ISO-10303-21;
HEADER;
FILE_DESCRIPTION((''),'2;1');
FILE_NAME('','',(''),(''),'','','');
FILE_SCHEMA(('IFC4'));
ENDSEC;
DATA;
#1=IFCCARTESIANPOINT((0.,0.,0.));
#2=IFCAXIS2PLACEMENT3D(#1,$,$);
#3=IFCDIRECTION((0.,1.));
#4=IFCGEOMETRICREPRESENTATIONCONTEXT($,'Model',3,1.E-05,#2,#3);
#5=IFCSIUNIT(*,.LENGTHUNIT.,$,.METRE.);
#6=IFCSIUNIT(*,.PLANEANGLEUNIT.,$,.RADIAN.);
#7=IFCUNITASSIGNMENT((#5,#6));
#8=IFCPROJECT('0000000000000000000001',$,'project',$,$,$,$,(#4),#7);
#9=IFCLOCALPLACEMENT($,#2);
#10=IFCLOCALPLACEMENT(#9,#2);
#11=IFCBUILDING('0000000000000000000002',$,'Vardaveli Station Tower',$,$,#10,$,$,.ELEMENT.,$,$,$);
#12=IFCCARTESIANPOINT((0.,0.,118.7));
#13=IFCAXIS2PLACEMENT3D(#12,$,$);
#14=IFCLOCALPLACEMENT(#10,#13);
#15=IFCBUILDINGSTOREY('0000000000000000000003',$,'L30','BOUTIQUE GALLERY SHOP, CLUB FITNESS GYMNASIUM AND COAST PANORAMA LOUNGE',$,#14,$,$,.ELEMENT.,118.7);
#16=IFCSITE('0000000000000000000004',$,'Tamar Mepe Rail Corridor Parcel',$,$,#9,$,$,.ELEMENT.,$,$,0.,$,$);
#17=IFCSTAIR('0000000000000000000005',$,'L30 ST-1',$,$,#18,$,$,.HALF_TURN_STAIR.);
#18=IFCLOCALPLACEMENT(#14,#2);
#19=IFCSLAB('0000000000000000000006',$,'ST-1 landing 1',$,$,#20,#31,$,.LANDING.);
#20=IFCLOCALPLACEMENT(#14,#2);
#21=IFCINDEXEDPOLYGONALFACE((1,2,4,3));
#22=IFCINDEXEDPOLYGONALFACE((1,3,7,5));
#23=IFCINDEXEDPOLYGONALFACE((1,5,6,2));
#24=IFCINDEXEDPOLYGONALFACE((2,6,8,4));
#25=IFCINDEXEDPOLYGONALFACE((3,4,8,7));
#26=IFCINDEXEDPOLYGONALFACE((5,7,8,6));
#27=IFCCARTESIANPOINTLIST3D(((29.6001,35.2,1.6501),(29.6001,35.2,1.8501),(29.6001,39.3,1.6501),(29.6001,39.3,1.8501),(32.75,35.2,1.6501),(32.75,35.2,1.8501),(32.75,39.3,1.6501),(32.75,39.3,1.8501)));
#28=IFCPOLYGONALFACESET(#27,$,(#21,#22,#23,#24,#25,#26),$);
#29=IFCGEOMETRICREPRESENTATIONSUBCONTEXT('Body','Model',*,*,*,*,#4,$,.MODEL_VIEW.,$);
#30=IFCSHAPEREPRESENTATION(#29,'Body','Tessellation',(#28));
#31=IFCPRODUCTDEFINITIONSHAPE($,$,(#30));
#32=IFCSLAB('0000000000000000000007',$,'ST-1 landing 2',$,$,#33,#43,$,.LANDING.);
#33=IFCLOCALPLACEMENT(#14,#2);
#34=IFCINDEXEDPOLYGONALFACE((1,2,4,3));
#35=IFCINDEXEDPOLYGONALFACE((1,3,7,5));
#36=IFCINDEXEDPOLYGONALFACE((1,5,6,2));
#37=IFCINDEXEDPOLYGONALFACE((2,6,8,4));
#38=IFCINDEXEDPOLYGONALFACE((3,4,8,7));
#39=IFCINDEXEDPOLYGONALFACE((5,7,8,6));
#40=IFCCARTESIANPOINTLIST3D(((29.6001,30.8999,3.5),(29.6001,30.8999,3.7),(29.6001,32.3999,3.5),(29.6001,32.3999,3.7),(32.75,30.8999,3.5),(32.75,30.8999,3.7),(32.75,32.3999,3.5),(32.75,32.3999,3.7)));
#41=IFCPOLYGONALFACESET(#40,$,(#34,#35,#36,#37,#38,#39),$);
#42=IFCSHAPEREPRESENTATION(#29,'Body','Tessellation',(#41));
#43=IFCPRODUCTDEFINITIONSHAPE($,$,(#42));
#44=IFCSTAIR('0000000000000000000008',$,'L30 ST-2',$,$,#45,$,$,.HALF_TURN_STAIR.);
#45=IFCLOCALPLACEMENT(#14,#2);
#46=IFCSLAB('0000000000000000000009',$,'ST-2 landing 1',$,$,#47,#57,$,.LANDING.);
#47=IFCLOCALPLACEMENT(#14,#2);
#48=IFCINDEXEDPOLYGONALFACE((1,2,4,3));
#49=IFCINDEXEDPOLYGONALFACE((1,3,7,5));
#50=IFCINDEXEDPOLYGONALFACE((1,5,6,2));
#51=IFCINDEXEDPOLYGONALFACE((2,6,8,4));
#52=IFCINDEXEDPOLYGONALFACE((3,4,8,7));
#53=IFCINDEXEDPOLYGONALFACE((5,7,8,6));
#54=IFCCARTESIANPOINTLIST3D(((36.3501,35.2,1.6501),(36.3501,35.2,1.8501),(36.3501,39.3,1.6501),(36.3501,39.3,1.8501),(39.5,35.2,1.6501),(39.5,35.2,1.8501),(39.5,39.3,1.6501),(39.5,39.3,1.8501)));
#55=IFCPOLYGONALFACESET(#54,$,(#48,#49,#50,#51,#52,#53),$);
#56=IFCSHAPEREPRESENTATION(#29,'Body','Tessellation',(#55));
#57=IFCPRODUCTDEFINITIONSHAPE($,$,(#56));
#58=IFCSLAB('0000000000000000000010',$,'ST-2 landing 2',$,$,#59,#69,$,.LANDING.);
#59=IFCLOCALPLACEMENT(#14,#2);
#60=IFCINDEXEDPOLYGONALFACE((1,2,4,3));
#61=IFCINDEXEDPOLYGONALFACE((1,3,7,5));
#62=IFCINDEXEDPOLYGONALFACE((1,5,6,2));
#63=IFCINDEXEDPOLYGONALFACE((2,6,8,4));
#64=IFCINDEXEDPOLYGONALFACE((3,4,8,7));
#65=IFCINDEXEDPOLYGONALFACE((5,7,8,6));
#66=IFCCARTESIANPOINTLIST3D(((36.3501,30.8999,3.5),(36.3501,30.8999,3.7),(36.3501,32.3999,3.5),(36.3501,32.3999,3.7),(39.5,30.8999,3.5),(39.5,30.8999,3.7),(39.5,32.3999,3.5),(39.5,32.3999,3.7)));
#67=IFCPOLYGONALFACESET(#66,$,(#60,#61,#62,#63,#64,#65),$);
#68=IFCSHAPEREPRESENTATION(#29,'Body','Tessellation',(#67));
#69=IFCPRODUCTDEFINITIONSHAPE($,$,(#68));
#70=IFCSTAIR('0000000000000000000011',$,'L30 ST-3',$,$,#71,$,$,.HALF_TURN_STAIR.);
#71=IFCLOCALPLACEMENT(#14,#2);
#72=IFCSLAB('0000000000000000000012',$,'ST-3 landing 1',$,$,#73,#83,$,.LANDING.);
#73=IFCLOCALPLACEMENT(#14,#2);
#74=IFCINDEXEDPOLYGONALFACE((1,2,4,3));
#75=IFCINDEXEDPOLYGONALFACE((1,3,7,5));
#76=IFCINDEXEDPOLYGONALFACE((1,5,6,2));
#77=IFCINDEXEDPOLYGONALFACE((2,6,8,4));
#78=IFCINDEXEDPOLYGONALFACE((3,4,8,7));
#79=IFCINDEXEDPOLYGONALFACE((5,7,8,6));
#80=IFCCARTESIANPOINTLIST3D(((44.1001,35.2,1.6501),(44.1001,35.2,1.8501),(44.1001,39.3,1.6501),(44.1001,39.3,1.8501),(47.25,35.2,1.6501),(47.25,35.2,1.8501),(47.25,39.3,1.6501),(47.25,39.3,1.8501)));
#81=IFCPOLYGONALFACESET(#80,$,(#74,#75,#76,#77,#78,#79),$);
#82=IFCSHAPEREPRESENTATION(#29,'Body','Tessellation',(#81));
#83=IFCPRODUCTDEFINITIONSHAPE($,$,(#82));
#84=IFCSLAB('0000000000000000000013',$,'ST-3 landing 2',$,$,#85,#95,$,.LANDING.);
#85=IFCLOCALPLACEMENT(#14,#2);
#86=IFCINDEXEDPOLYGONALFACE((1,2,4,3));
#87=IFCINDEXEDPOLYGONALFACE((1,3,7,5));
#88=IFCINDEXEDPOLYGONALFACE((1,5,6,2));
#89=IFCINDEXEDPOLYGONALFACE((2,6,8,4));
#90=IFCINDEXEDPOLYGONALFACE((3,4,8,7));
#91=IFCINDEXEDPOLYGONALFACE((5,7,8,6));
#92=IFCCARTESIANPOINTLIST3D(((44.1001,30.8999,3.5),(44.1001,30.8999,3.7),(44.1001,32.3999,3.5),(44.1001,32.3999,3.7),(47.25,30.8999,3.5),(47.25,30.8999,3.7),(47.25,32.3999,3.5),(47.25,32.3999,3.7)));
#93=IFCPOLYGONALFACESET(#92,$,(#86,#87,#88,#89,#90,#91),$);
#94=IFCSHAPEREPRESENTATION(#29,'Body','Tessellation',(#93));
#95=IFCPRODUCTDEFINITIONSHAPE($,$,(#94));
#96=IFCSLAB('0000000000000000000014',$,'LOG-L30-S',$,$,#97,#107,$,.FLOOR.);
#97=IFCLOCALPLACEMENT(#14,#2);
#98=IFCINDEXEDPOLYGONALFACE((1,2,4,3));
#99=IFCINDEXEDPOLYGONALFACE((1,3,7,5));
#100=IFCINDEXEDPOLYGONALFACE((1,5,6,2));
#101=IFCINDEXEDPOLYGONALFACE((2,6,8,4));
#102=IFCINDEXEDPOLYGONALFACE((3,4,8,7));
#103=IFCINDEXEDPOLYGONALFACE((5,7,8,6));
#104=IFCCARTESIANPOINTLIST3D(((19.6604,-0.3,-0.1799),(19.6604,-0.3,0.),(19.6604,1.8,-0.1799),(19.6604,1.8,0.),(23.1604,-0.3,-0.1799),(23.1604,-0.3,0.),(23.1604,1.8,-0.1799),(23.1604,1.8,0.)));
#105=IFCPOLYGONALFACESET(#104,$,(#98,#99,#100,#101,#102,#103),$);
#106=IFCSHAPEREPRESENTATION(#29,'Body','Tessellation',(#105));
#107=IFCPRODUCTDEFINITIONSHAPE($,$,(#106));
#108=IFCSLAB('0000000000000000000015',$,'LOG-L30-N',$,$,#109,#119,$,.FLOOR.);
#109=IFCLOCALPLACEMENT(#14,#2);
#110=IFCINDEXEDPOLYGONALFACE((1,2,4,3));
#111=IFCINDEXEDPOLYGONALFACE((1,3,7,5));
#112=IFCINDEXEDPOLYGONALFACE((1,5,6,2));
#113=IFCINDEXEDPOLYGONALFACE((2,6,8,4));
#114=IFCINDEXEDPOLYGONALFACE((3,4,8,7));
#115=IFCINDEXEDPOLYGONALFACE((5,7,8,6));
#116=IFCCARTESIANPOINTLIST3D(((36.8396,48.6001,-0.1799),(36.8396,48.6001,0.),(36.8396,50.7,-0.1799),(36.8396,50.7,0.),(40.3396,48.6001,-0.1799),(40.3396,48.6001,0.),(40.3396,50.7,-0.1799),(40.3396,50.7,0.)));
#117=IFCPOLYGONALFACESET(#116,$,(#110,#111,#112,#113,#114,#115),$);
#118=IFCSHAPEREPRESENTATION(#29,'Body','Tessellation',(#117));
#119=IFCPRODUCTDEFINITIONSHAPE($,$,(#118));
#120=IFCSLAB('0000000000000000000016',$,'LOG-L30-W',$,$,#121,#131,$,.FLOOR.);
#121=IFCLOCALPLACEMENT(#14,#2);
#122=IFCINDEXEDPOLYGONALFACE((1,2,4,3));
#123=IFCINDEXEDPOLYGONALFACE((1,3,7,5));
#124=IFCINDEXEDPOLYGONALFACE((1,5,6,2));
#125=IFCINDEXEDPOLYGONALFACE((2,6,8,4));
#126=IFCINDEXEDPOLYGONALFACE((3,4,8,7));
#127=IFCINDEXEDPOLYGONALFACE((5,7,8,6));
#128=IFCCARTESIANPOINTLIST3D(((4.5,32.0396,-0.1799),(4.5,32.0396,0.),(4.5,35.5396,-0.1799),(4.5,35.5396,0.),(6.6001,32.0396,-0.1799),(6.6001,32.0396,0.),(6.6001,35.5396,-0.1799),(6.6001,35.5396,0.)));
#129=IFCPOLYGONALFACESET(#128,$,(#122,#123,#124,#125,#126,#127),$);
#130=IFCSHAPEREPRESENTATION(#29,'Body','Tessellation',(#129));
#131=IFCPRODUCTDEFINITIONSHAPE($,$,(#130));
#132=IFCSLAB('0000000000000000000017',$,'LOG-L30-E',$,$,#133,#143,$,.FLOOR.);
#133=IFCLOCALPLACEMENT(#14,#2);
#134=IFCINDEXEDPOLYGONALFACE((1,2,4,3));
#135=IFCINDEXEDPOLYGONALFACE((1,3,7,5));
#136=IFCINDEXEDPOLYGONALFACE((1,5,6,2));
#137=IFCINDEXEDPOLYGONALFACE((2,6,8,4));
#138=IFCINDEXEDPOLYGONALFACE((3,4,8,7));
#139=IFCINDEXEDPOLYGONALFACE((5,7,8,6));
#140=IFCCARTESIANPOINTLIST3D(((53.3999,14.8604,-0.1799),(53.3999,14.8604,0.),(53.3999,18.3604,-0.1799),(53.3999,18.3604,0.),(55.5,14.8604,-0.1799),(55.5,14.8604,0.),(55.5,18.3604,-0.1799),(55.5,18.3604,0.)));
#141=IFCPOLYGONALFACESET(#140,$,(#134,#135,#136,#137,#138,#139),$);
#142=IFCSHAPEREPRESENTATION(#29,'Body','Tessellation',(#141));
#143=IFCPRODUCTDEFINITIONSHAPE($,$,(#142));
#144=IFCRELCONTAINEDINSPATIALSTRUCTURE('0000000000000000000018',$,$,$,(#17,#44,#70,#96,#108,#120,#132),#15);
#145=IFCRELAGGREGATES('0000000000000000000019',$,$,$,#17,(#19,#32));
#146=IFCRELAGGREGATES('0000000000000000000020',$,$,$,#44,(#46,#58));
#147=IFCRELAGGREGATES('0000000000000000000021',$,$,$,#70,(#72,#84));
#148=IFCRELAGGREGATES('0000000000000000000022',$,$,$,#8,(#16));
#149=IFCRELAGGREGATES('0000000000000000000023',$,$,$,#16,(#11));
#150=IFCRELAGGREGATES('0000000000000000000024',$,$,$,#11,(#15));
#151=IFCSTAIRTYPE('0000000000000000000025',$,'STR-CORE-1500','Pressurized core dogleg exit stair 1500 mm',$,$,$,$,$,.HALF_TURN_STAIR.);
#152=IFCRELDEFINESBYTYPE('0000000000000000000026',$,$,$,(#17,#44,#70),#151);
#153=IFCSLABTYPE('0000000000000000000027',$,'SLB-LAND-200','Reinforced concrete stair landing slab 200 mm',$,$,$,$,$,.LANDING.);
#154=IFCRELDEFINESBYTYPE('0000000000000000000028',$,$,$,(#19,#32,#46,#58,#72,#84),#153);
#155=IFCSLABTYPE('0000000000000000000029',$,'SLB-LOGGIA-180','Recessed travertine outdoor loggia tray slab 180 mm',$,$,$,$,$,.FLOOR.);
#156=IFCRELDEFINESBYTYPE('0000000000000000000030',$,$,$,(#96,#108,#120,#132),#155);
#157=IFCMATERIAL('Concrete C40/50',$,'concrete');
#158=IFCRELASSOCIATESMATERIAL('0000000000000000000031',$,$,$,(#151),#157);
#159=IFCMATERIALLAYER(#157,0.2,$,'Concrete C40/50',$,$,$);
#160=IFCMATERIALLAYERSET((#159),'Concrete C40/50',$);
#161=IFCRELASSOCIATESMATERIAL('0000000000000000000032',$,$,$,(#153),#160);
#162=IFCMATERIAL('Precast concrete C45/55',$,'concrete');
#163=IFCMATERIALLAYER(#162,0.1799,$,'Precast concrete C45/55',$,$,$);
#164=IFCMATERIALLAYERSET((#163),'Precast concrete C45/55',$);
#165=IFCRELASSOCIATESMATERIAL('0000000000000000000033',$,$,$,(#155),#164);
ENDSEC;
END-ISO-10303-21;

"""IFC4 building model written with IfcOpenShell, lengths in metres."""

from ifc_helpers import new_model, si_unit, direction, frame, origin, place, context, subcontext, project, spatial, polyline, outline, extrude, material, layer, layer_set, type_object, element, aggregate, save


model = new_model("IFC4")

# Units and contexts
model_context = context("Model", 3, precision=1e-05, world=origin(), true_north=direction((0.0, 1.0)))
body_context = subcontext(model_context, "Body", "Model", "MODEL_VIEW")
ifc_project = project(units=[si_unit("LENGTHUNIT", "METRE"), si_unit("PLANEANGLEUNIT", "RADIAN")], contexts=[model_context])

# Site, building, storey
site_placement = place(None, origin())
site = spatial("IfcSite", under=ifc_project, at=site_placement, Name="Tamar Mepe Rail Corridor Parcel", CompositionType="ELEMENT", RefElevation=0.0)
building_placement = place(site_placement, origin())
building = spatial("IfcBuilding", under=site, at=building_placement, Name="Vardaveli Station Tower", CompositionType="ELEMENT")
storey_placement = place(building_placement, frame((0.0, 0.0, 118.7)))
storey = spatial("IfcBuildingStorey", under=building, at=storey_placement, Name="L30", Description="BOUTIQUE GALLERY SHOP, CLUB FITNESS GYMNASIUM AND COAST PANORAMA LOUNGE", CompositionType="ELEMENT", Elevation=118.7)

# Stairs, slabs
ifc_material_1 = material(Name="Concrete C40/50", Category="concrete")
stair_type = type_object("IfcStairType", Name="STR-CORE-1500", Description="Pressurized core dogleg exit stair 1500 mm", PredefinedType="HALF_TURN_STAIR", material=ifc_material_1)
stair_1_placement = place(storey_placement, origin())
stair_1 = element("IfcStair", 1, at=stair_1_placement, inside=storey, type_object=stair_type, Name="L30 ST-1", PredefinedType="HALF_TURN_STAIR")
ifc_layer_1 = layer(ifc_material_1, 0.2, Name="Concrete C40/50")
ifc_layer_set_1 = layer_set([ifc_layer_1], Name="Concrete C40/50")
slab_type_1 = type_object("IfcSlabType", Name="SLB-LAND-200", Description="Reinforced concrete stair landing slab 200 mm", PredefinedType="LANDING", material=ifc_layer_set_1)
slab_1_placement = place(storey_placement, frame((0.0, 0.0, 1.6501)))
slab_1 = element("IfcSlab", 2, at=slab_1_placement, type_object=slab_type_1, Name="ST-1 landing 1", PredefinedType="LANDING", context=body_context, shape_type="SweptSolid", body=[
    extrude(outline(polyline([(32.75, 35.2), (32.75, 39.3), (29.6001, 39.3), (29.6001, 35.2), (32.75, 35.2)])), origin(), (0.0, 0.0, 1.0), 0.2),
])
slab_2_placement = place(storey_placement, frame((0.0, 0.0, 3.5)))
slab_2 = element("IfcSlab", 3, at=slab_2_placement, type_object=slab_type_1, Name="ST-1 landing 2", PredefinedType="LANDING", context=body_context, shape_type="SweptSolid", body=[
    extrude(outline(polyline([(32.75, 30.8999), (32.75, 32.3999), (29.6001, 32.3999), (29.6001, 30.8999), (32.75, 30.8999)])), origin(), (0.0, 0.0, 1.0), 0.2),
])
aggregate(stair_1, [slab_1, slab_2])
stair_2_placement = place(storey_placement, origin())
stair_2 = element("IfcStair", 4, at=stair_2_placement, inside=storey, type_object=stair_type, Name="L30 ST-2", PredefinedType="HALF_TURN_STAIR")
slab_3_placement = place(storey_placement, frame((0.0, 0.0, 1.6501)))
slab_3 = element("IfcSlab", 5, at=slab_3_placement, type_object=slab_type_1, Name="ST-2 landing 1", PredefinedType="LANDING", context=body_context, shape_type="SweptSolid", body=[
    extrude(outline(polyline([(39.5, 35.2), (39.5, 39.3), (36.3501, 39.3), (36.3501, 35.2), (39.5, 35.2)])), origin(), (0.0, 0.0, 1.0), 0.2),
])
slab_4_placement = place(storey_placement, frame((0.0, 0.0, 3.5)))
slab_4 = element("IfcSlab", 6, at=slab_4_placement, type_object=slab_type_1, Name="ST-2 landing 2", PredefinedType="LANDING", context=body_context, shape_type="SweptSolid", body=[
    extrude(outline(polyline([(39.5, 30.8999), (39.5, 32.3999), (36.3501, 32.3999), (36.3501, 30.8999), (39.5, 30.8999)])), origin(), (0.0, 0.0, 1.0), 0.2),
])
aggregate(stair_2, [slab_3, slab_4])
stair_3_placement = place(storey_placement, origin())
stair_3 = element("IfcStair", 7, at=stair_3_placement, inside=storey, type_object=stair_type, Name="L30 ST-3", PredefinedType="HALF_TURN_STAIR")
slab_5_placement = place(storey_placement, frame((0.0, 0.0, 1.6501)))
slab_5 = element("IfcSlab", 8, at=slab_5_placement, type_object=slab_type_1, Name="ST-3 landing 1", PredefinedType="LANDING", context=body_context, shape_type="SweptSolid", body=[
    extrude(outline(polyline([(47.25, 35.2), (47.25, 39.3), (44.1001, 39.3), (44.1001, 35.2), (47.25, 35.2)])), origin(), (0.0, 0.0, 1.0), 0.2),
])
slab_6_placement = place(storey_placement, frame((0.0, 0.0, 3.5)))
slab_6 = element("IfcSlab", 9, at=slab_6_placement, type_object=slab_type_1, Name="ST-3 landing 2", PredefinedType="LANDING", context=body_context, shape_type="SweptSolid", body=[
    extrude(outline(polyline([(47.25, 30.8999), (47.25, 32.3999), (44.1001, 32.3999), (44.1001, 30.8999), (47.25, 30.8999)])), origin(), (0.0, 0.0, 1.0), 0.2),
])
aggregate(stair_3, [slab_5, slab_6])

# Slabs
ifc_material_2 = material(Name="Precast concrete C45/55", Category="concrete")
ifc_layer_2 = layer(ifc_material_2, 0.1799, Name="Precast concrete C45/55")
ifc_layer_set_2 = layer_set([ifc_layer_2], Name="Precast concrete C45/55")
slab_type_2 = type_object("IfcSlabType", Name="SLB-LOGGIA-180", Description="Recessed travertine outdoor loggia tray slab 180 mm", PredefinedType="FLOOR", material=ifc_layer_set_2)
slab_7_placement = place(storey_placement, frame((0.0, 0.0, -0.1799)))
element("IfcSlab", 10, at=slab_7_placement, inside=storey, type_object=slab_type_2, Name="LOG-L30-S", PredefinedType="FLOOR", context=body_context, shape_type="SweptSolid", body=[
    extrude(outline(polyline([(19.6604, -0.3), (23.1604, -0.3), (23.1604, 1.8), (19.6604, 1.8), (19.6604, -0.3)])), origin(), (0.0, 0.0, 1.0), 0.1799),
])
slab_8_placement = place(storey_placement, frame((0.0, 0.0, -0.1799)))
element("IfcSlab", 11, at=slab_8_placement, inside=storey, type_object=slab_type_2, Name="LOG-L30-N", PredefinedType="FLOOR", context=body_context, shape_type="SweptSolid", body=[
    extrude(outline(polyline([(36.8396, 48.6001), (40.3396, 48.6001), (40.3396, 50.7), (36.8396, 50.7), (36.8396, 48.6001)])), origin(), (0.0, 0.0, 1.0), 0.1799),
])
slab_9_placement = place(storey_placement, frame((0.0, 0.0, -0.1799)))
element("IfcSlab", 12, at=slab_9_placement, inside=storey, type_object=slab_type_2, Name="LOG-L30-W", PredefinedType="FLOOR", context=body_context, shape_type="SweptSolid", body=[
    extrude(outline(polyline([(4.5, 32.0396), (6.6001, 32.0396), (6.6001, 35.5396), (4.5, 35.5396), (4.5, 32.0396)])), origin(), (0.0, 0.0, 1.0), 0.1799),
])
slab_10_placement = place(storey_placement, frame((0.0, 0.0, -0.1799)))
element("IfcSlab", 13, at=slab_10_placement, inside=storey, type_object=slab_type_2, Name="LOG-L30-E", PredefinedType="FLOOR", context=body_context, shape_type="SweptSolid", body=[
    extrude(outline(polyline([(53.3999, 14.8604), (55.5, 14.8604), (55.5, 18.3604), (53.3999, 18.3604), (53.3999, 14.8604)])), origin(), (0.0, 0.0, 1.0), 0.1799),
])

save(model, "model.ifc")
